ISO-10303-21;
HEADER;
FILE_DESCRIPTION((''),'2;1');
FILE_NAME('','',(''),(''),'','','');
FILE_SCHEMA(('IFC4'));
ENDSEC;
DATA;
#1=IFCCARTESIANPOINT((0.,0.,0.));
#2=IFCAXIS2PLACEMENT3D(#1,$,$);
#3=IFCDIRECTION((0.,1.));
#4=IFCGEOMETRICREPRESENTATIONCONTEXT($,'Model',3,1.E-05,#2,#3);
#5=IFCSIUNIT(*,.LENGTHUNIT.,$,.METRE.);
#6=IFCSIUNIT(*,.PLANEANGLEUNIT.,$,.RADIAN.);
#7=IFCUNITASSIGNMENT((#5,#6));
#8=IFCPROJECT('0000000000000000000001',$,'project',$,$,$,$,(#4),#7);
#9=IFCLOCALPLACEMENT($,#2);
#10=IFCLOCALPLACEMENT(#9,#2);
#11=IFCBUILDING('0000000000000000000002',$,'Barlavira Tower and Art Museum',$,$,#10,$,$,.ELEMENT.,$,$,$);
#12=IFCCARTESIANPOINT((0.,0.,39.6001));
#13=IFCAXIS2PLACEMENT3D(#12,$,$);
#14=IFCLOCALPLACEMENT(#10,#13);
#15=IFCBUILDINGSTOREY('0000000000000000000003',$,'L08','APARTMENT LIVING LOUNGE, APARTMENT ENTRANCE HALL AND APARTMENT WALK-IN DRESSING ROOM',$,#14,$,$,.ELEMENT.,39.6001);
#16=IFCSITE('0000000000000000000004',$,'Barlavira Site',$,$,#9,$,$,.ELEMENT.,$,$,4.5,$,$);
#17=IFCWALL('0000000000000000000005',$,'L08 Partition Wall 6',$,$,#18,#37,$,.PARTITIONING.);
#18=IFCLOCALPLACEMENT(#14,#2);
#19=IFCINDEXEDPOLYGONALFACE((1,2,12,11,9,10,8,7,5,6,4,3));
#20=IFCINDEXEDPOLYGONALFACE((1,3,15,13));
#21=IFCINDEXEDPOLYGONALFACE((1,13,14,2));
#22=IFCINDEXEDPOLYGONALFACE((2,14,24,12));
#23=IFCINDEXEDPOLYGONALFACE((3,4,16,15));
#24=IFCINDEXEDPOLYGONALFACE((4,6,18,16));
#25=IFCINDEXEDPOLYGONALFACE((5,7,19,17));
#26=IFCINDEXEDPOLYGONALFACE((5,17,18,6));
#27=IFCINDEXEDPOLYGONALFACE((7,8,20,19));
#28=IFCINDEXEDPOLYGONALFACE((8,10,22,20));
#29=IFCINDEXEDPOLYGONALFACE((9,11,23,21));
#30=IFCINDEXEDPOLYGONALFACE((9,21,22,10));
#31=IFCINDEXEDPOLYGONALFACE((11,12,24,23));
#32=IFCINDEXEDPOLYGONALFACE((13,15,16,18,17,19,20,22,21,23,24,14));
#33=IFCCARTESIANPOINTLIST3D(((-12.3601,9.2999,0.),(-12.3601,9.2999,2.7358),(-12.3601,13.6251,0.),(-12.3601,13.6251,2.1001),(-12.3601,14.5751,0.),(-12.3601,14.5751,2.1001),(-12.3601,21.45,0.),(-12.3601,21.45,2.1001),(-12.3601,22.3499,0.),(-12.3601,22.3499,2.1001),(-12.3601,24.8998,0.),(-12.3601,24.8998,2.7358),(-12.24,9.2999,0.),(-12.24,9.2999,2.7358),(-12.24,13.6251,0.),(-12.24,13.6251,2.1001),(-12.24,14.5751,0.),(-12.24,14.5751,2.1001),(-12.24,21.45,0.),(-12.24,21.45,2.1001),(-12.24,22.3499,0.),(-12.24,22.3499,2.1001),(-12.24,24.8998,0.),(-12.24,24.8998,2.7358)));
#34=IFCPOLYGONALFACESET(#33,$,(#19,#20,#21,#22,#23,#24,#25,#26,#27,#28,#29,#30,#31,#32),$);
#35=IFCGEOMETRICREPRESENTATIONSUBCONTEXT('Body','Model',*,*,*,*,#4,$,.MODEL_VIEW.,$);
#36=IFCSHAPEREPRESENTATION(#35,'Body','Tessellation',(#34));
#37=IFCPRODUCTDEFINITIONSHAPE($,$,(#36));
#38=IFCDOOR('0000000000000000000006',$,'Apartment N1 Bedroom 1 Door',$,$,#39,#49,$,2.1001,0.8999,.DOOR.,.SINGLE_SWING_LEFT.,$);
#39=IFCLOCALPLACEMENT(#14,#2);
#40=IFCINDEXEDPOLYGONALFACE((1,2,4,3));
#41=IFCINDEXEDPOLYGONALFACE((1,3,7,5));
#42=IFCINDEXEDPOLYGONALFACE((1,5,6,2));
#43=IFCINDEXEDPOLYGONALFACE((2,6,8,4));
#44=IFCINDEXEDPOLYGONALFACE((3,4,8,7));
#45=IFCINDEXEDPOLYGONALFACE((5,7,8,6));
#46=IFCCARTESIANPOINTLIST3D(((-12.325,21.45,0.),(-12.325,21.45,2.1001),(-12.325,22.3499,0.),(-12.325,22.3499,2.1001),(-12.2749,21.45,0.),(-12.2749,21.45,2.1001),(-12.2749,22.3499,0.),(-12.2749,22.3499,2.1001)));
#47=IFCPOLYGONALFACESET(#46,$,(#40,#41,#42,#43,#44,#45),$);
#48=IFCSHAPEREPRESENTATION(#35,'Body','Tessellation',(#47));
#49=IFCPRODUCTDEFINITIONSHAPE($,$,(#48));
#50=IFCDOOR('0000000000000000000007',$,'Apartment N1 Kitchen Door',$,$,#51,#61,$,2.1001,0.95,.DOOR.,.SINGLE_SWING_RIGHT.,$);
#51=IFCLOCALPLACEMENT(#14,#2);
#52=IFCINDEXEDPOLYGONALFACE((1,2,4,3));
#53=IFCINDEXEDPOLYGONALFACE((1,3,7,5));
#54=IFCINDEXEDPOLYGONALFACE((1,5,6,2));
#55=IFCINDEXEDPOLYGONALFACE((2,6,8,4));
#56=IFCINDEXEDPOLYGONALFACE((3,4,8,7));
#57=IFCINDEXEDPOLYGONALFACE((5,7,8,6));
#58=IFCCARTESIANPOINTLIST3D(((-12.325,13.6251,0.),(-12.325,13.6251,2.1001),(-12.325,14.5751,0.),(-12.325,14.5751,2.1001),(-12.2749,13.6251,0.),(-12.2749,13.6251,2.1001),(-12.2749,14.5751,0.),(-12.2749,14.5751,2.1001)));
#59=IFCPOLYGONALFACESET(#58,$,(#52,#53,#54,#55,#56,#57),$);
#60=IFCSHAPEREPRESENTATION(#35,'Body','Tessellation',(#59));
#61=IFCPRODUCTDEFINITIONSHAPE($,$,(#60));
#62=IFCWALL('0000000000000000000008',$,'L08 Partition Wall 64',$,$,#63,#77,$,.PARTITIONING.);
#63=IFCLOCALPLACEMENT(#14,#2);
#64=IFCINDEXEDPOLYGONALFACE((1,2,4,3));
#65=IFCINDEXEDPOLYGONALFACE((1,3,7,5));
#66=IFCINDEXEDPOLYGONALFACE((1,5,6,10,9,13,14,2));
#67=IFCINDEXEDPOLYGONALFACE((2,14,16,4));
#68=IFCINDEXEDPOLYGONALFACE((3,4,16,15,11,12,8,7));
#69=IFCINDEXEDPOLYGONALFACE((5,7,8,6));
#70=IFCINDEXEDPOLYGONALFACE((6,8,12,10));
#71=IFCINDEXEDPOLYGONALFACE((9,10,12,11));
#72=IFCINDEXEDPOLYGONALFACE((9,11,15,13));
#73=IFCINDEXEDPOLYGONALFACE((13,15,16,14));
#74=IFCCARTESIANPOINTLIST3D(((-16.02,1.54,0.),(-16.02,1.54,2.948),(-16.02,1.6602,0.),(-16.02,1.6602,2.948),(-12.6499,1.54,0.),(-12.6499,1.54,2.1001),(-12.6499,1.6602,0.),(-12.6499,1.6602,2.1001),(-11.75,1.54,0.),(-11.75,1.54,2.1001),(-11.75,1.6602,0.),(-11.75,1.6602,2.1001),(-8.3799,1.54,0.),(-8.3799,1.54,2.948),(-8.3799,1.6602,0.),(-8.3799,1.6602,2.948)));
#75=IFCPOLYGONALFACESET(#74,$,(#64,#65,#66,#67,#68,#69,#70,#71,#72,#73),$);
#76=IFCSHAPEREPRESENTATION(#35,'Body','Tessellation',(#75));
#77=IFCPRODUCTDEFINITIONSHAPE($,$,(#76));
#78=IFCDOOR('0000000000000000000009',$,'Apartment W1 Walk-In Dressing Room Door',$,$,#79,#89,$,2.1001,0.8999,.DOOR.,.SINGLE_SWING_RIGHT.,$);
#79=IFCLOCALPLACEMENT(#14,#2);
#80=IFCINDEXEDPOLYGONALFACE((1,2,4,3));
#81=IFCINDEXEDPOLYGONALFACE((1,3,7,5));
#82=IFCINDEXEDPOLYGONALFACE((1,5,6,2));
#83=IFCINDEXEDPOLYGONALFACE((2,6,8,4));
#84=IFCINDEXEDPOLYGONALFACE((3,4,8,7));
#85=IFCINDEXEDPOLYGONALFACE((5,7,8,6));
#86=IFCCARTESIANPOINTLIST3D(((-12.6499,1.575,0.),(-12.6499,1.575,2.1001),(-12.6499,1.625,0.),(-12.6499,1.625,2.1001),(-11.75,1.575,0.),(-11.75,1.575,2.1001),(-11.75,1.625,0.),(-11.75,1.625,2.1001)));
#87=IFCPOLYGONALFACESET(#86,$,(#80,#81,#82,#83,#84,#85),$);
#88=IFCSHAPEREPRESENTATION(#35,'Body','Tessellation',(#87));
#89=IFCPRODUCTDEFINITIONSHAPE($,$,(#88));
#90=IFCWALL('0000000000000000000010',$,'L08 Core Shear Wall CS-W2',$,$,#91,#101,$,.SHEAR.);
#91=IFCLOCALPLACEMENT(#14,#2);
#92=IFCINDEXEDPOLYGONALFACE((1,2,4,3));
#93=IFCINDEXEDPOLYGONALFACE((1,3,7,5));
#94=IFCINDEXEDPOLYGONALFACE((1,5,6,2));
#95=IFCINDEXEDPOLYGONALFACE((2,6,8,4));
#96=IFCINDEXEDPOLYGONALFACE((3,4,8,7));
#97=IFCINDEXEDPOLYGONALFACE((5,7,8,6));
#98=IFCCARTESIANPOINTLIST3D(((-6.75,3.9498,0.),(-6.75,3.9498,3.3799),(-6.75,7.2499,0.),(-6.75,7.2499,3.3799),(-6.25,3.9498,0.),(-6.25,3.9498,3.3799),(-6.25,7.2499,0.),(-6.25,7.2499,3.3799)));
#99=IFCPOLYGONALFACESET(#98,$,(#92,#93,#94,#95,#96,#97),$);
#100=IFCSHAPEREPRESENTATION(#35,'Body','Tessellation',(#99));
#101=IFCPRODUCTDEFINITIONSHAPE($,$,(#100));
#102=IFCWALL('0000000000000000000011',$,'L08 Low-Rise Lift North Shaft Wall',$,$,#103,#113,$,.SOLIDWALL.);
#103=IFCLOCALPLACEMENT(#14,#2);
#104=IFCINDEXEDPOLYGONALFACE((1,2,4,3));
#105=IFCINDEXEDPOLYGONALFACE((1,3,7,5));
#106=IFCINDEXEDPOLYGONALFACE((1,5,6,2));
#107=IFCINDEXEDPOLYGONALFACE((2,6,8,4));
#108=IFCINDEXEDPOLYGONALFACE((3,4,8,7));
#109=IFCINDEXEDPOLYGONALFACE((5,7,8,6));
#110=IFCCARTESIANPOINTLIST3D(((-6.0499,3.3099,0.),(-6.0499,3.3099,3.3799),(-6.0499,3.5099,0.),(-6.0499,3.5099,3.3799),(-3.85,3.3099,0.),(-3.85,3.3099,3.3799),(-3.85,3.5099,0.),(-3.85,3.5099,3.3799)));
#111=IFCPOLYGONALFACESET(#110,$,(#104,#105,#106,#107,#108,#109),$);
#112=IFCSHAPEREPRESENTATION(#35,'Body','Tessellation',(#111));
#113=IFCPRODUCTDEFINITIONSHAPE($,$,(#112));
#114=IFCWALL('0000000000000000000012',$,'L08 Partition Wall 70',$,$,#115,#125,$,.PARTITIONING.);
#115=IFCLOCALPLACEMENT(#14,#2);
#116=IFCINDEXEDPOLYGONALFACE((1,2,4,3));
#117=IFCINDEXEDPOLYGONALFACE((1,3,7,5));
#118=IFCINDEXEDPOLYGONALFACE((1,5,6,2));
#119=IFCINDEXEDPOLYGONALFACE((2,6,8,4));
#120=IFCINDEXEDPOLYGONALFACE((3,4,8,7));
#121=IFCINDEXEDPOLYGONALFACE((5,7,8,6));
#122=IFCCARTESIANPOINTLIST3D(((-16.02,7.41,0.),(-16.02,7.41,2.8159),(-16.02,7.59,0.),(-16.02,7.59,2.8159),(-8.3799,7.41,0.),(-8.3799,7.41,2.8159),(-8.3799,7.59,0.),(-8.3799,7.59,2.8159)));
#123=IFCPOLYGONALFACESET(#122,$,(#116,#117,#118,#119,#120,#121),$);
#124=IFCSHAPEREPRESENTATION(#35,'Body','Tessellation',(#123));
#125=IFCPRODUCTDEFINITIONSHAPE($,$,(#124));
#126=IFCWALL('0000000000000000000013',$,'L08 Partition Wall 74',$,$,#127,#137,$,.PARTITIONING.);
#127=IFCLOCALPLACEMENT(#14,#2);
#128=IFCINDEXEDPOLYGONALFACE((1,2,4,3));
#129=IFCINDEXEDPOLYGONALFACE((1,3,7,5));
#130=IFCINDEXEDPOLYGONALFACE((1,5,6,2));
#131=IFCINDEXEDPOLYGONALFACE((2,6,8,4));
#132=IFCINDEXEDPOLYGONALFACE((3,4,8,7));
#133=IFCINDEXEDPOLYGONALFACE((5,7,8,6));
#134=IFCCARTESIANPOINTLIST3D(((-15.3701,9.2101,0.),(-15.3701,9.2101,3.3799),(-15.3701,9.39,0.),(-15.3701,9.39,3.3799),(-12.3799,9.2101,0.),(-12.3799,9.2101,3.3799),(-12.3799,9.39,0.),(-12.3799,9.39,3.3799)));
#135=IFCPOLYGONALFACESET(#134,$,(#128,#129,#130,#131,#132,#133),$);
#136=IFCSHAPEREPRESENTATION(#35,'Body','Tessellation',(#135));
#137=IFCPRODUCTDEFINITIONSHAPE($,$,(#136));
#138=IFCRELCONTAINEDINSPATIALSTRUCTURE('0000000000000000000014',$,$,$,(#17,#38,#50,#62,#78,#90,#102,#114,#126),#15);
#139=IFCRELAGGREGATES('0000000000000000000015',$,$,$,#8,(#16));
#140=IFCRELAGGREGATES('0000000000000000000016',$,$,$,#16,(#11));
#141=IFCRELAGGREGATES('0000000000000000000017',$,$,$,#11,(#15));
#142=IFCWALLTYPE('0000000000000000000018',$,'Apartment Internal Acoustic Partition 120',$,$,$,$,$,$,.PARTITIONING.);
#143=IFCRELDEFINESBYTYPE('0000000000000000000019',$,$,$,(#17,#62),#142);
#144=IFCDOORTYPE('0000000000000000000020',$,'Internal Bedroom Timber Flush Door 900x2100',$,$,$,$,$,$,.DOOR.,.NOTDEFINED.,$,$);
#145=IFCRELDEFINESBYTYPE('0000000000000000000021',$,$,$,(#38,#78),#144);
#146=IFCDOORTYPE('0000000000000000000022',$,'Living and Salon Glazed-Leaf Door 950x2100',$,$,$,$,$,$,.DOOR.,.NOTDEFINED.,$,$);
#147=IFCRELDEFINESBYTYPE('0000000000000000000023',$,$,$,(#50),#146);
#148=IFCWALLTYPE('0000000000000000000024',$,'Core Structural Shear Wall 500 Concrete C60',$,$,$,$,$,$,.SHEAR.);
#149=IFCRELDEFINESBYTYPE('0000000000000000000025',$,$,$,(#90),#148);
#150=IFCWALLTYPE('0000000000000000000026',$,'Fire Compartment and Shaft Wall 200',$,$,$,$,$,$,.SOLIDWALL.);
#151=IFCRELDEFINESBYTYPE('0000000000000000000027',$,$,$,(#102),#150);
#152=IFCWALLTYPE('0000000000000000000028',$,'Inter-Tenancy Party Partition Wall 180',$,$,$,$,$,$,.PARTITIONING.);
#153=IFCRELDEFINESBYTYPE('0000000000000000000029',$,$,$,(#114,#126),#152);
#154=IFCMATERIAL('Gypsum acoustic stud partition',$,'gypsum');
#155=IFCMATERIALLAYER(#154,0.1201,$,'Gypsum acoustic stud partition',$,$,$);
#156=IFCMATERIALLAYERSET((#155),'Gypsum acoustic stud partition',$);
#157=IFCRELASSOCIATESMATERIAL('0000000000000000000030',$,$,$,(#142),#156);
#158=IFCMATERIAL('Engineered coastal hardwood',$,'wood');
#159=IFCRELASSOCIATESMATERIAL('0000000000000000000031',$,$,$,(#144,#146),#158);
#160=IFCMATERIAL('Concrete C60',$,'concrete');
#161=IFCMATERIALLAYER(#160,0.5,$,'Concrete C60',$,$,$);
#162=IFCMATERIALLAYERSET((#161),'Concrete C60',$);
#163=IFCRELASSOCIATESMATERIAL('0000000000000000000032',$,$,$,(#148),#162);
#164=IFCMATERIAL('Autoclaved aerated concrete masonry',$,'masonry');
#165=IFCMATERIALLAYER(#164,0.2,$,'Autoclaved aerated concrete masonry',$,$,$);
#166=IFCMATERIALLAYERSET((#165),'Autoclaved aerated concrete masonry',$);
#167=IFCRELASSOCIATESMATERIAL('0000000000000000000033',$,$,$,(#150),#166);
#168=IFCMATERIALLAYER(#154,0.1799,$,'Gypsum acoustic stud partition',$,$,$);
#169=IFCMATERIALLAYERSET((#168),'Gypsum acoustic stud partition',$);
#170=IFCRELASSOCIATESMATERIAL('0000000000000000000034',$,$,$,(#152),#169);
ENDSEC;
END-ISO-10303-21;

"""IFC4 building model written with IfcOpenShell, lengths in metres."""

from ifc_helpers import new_model, si_unit, direction, frame, frame_2d, origin, place, context, subcontext, project, spatial, rectangle, extrude, material, layer, layer_set, type_object, element, fill, save


model = new_model("IFC4")

# Units and contexts
model_context = context("Model", 3, precision=1e-05, world=origin(), true_north=direction((0.0, 1.0)))
body_context = subcontext(model_context, "Body", "Model", "MODEL_VIEW")
ifc_project = project(units=[si_unit("LENGTHUNIT", "METRE"), si_unit("PLANEANGLEUNIT", "RADIAN")], contexts=[model_context])

# Site, building, storey
site_placement = place(None, origin())
site = spatial("IfcSite", under=ifc_project, at=site_placement, Name="Barlavira Site", CompositionType="ELEMENT", RefElevation=4.5)
building_placement = place(site_placement, origin())
building = spatial("IfcBuilding", under=site, at=building_placement, Name="Barlavira Tower and Art Museum", CompositionType="ELEMENT")
storey_placement = place(building_placement, frame((0.0, 0.0, 39.6001)))
storey = spatial("IfcBuildingStorey", under=building, at=storey_placement, Name="L08", Description="APARTMENT LIVING LOUNGE, APARTMENT ENTRANCE HALL AND APARTMENT WALK-IN DRESSING ROOM", CompositionType="ELEMENT", Elevation=39.6001)

# Wall, openings, doors
ifc_material_1 = material(Name="Gypsum acoustic stud partition", Category="gypsum")
ifc_layer_1 = layer(ifc_material_1, 0.1201, Name="Gypsum acoustic stud partition")
ifc_layer_set_1 = layer_set([ifc_layer_1], Name="Gypsum acoustic stud partition")
wall_type_1 = type_object("IfcWallType", Name="Apartment Internal Acoustic Partition 120", PredefinedType="PARTITIONING", material=ifc_layer_set_1)
ifc_material_2 = material(Name="Engineered coastal hardwood", Category="wood")
door_type_1 = type_object("IfcDoorType", Name="Internal Bedroom Timber Flush Door 900x2100", OperationType="NOTDEFINED", PredefinedType="DOOR", material=ifc_material_2)
wall_1_placement = place(storey_placement, frame((-12.3, 9.3, 0.0), z_axis=(0.0, 0.0, 1.0), x_axis=(0.0, 1.0, 0.0)))
wall_1 = element("IfcWall", 1, at=wall_1_placement, inside=storey, type_object=wall_type_1, Name="L08 Partition Wall 6", PredefinedType="PARTITIONING", context=body_context, shape_type="SweptSolid", body=[
    extrude(rectangle(XDim=15.5999, YDim=0.1201, at=frame_2d((7.7998, 0.0))), origin(), (0.0, 0.0, 1.0), 2.7358),
])
opening_1_placement = place(wall_1_placement, frame((4.325, 0.0, 0.0)))
opening_1 = element("IfcOpeningElement", 2, at=opening_1_placement, cuts=wall_1, PredefinedType="OPENING", context=body_context, shape_type="SweptSolid", body=[
    extrude(rectangle(XDim=0.95, YDim=2.1001, at=frame_2d((0.4751, 1.05))), frame((0.0, 0.0701, 0.0), z_axis=(0.0, -1.0, 0.0), x_axis=(1.0, 0.0, 0.0)), (0.0, 0.0, 1.0), 0.1401),
])
opening_2_placement = place(wall_1_placement, frame((12.1499, 0.0, 0.0)))
opening_2 = element("IfcOpeningElement", 3, at=opening_2_placement, cuts=wall_1, PredefinedType="OPENING", context=body_context, shape_type="SweptSolid", body=[
    extrude(rectangle(XDim=0.8999, YDim=2.1001, at=frame_2d((0.45, 1.05))), frame((0.0, 0.0701, 0.0), z_axis=(0.0, -1.0, 0.0), x_axis=(1.0, 0.0, 0.0)), (0.0, 0.0, 1.0), 0.1401),
])
door_1_placement = place(opening_2_placement, origin())
door_1 = element("IfcDoor", 4, at=door_1_placement, inside=storey, type_object=door_type_1, Name="Apartment N1 Bedroom 1 Door", OperationType="SINGLE_SWING_LEFT", OverallHeight=2.1001, OverallWidth=0.8999, PredefinedType="DOOR", context=body_context, shape_type="SweptSolid", body=[
    extrude(rectangle(XDim=0.8999, YDim=2.1001, at=frame_2d((0.45, 1.05))), frame((0.0, 0.0249, 0.0), z_axis=(0.0, -1.0, 0.0), x_axis=(1.0, 0.0, 0.0)), (0.0, 0.0, 1.0), 0.05),
])
fill(opening_2, door_1)
door_type_2 = type_object("IfcDoorType", Name="Living and Salon Glazed-Leaf Door 950x2100", OperationType="NOTDEFINED", PredefinedType="DOOR", material=ifc_material_2)
door_2_placement = place(opening_1_placement, origin())
door_2 = element("IfcDoor", 5, at=door_2_placement, inside=storey, type_object=door_type_2, Name="Apartment N1 Kitchen Door", OperationType="SINGLE_SWING_RIGHT", OverallHeight=2.1001, OverallWidth=0.95, PredefinedType="DOOR", context=body_context, shape_type="SweptSolid", body=[
    extrude(rectangle(XDim=0.95, YDim=2.1001, at=frame_2d((0.4751, 1.05))), frame((0.0, 0.0249, 0.0), z_axis=(0.0, -1.0, 0.0), x_axis=(1.0, 0.0, 0.0)), (0.0, 0.0, 1.0), 0.05),
])
fill(opening_1, door_2)

# Wall, opening, door
wall_2_placement = place(storey_placement, frame((-16.02, 1.6001, 0.0), z_axis=(0.0, 0.0, 1.0), x_axis=(1.0, 0.0, 0.0)))
wall_2 = element("IfcWall", 6, at=wall_2_placement, inside=storey, type_object=wall_type_1, Name="L08 Partition Wall 64", PredefinedType="PARTITIONING", context=body_context, shape_type="SweptSolid", body=[
    extrude(rectangle(XDim=7.6401, YDim=0.1201, at=frame_2d((3.8201, 0.0))), origin(), (0.0, 0.0, 1.0), 2.948),
])
opening_3_placement = place(wall_2_placement, frame((3.3701, 0.0, 0.0)))
opening_3 = element("IfcOpeningElement", 7, at=opening_3_placement, cuts=wall_2, PredefinedType="OPENING", context=body_context, shape_type="SweptSolid", body=[
    extrude(rectangle(XDim=0.8999, YDim=2.1001, at=frame_2d((0.45, 1.05))), frame((0.0, 0.0701, 0.0), z_axis=(0.0, -1.0, 0.0), x_axis=(1.0, 0.0, 0.0)), (0.0, 0.0, 1.0), 0.1401),
])
door_3_placement = place(opening_3_placement, origin())
door_3 = element("IfcDoor", 8, at=door_3_placement, inside=storey, type_object=door_type_1, Name="Apartment W1 Walk-In Dressing Room Door", OperationType="SINGLE_SWING_RIGHT", OverallHeight=2.1001, OverallWidth=0.8999, PredefinedType="DOOR", context=body_context, shape_type="SweptSolid", body=[
    extrude(rectangle(XDim=0.8999, YDim=2.1001, at=frame_2d((0.45, 1.05))), frame((0.0, 0.0249, 0.0), z_axis=(0.0, -1.0, 0.0), x_axis=(1.0, 0.0, 0.0)), (0.0, 0.0, 1.0), 0.05),
])
fill(opening_3, door_3)
ifc_material_3 = material(Name="Concrete C60", Category="concrete")
ifc_layer_2 = layer(ifc_material_3, 0.5, Name="Concrete C60")
ifc_layer_set_2 = layer_set([ifc_layer_2], Name="Concrete C60")
wall_type_2 = type_object("IfcWallType", Name="Core Structural Shear Wall 500 Concrete C60", PredefinedType="SHEAR", material=ifc_layer_set_2)

# Walls
wall_3_placement = place(storey_placement, frame((-6.5, 3.95, 0.0), z_axis=(0.0, 0.0, 1.0), x_axis=(0.0, 1.0, 0.0)))
element("IfcWall", 9, at=wall_3_placement, inside=storey, type_object=wall_type_2, Name="L08 Core Shear Wall CS-W2", PredefinedType="SHEAR", context=body_context, shape_type="SweptSolid", body=[
    extrude(rectangle(XDim=3.3, YDim=0.5, at=frame_2d((1.6499, 0.0))), origin(), (0.0, 0.0, 1.0), 3.3799),
])
ifc_material_4 = material(Name="Autoclaved aerated concrete masonry", Category="masonry")
ifc_layer_3 = layer(ifc_material_4, 0.2, Name="Autoclaved aerated concrete masonry")
ifc_layer_set_3 = layer_set([ifc_layer_3], Name="Autoclaved aerated concrete masonry")
wall_type_3 = type_object("IfcWallType", Name="Fire Compartment and Shaft Wall 200", PredefinedType="SOLIDWALL", material=ifc_layer_set_3)
wall_4_placement = place(storey_placement, frame((-6.05, 3.4099, 0.0), z_axis=(0.0, 0.0, 1.0), x_axis=(1.0, 0.0, 0.0)))
element("IfcWall", 10, at=wall_4_placement, inside=storey, type_object=wall_type_3, Name="L08 Low-Rise Lift North Shaft Wall", PredefinedType="SOLIDWALL", context=body_context, shape_type="SweptSolid", body=[
    extrude(rectangle(XDim=2.2, YDim=0.2, at=frame_2d((1.1001, 0.0))), origin(), (0.0, 0.0, 1.0), 3.3799),
])
ifc_layer_4 = layer(ifc_material_1, 0.1799, Name="Gypsum acoustic stud partition")
ifc_layer_set_4 = layer_set([ifc_layer_4], Name="Gypsum acoustic stud partition")
wall_type_4 = type_object("IfcWallType", Name="Inter-Tenancy Party Partition Wall 180", PredefinedType="PARTITIONING", material=ifc_layer_set_4)
wall_5_placement = place(storey_placement, frame((-16.02, 7.5, 0.0), z_axis=(0.0, 0.0, 1.0), x_axis=(1.0, 0.0, 0.0)))
element("IfcWall", 11, at=wall_5_placement, inside=storey, type_object=wall_type_4, Name="L08 Partition Wall 70", PredefinedType="PARTITIONING", context=body_context, shape_type="SweptSolid", body=[
    extrude(rectangle(XDim=7.6401, YDim=0.1799, at=frame_2d((3.8201, 0.0))), origin(), (0.0, 0.0, 1.0), 2.8159),
])
wall_6_placement = place(storey_placement, frame((-15.3701, 9.3, 0.0), z_axis=(0.0, 0.0, 1.0), x_axis=(1.0, 0.0, 0.0)))
element("IfcWall", 12, at=wall_6_placement, inside=storey, type_object=wall_type_4, Name="L08 Partition Wall 74", PredefinedType="PARTITIONING", context=body_context, shape_type="SweptSolid", body=[
    extrude(rectangle(XDim=2.9902, YDim=0.1799, at=frame_2d((1.4951, 0.0))), origin(), (0.0, 0.0, 1.0), 3.3799),
])

save(model, "model.ifc")
